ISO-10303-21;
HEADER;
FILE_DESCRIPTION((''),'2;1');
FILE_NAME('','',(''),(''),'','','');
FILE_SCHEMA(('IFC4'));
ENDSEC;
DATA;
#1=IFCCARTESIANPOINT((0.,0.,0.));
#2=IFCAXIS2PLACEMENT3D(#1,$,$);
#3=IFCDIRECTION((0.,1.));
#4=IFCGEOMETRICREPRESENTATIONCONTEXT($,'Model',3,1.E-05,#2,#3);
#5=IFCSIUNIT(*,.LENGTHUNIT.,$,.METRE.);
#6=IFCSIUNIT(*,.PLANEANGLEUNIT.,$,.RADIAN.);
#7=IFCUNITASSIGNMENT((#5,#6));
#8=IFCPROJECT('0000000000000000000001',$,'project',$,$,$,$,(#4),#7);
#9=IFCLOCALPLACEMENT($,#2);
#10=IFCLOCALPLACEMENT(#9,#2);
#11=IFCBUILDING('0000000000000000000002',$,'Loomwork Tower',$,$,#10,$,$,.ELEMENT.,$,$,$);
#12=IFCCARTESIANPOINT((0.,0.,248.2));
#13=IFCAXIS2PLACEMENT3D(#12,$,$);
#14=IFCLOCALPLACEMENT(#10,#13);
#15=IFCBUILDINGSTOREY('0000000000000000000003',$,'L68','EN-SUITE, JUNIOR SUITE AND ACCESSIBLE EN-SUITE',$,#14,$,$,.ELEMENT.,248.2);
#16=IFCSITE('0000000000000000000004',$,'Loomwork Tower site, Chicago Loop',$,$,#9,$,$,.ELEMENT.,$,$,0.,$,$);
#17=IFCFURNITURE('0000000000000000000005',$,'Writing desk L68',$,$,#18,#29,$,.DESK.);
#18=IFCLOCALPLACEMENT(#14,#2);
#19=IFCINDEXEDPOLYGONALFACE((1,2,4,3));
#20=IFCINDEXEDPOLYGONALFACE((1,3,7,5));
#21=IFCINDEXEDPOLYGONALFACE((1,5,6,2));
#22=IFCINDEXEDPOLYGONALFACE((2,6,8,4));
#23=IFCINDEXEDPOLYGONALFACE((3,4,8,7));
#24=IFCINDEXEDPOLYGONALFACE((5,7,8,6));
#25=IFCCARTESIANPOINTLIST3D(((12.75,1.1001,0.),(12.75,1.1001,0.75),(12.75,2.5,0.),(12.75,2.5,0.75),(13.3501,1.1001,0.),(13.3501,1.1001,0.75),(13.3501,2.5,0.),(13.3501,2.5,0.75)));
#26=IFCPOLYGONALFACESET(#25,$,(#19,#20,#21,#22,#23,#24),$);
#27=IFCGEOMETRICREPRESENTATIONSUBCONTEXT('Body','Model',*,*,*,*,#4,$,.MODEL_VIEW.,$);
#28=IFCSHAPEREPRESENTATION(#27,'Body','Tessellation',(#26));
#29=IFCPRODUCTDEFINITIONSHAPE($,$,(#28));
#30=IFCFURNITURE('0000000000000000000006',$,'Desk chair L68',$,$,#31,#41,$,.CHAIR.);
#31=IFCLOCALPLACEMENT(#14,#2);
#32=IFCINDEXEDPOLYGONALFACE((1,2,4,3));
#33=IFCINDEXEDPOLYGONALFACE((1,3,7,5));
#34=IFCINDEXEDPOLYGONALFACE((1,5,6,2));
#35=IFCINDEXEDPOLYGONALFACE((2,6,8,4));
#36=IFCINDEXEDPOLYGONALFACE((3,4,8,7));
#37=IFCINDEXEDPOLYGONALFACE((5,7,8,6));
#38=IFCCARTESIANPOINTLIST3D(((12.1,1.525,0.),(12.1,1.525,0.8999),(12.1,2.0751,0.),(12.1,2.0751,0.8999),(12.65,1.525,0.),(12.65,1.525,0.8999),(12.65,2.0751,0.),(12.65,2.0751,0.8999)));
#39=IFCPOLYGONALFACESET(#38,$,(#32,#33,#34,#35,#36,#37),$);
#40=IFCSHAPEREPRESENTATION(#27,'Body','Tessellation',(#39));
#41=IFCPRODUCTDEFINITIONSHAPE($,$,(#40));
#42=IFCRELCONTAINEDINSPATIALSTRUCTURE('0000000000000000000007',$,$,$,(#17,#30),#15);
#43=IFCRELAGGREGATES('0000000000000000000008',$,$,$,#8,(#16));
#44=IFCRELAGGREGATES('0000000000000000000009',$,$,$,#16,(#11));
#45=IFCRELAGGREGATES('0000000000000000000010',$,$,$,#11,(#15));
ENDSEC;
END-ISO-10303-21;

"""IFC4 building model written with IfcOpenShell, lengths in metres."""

from ifc_helpers import new_model, si_unit, direction, frame, origin, origin_2d, place, context, subcontext, project, spatial, rectangle, extrude, element, save


model = new_model("IFC4")

# Units and contexts
model_context = context("Model", 3, precision=1e-05, world=origin(), true_north=direction((0.0, 1.0)))
body_context = subcontext(model_context, "Body", "Model", "MODEL_VIEW")
ifc_project = project(units=[si_unit("LENGTHUNIT", "METRE"), si_unit("PLANEANGLEUNIT", "RADIAN")], contexts=[model_context])

# Site, building, storey
site_placement = place(None, origin())
site = spatial("IfcSite", under=ifc_project, at=site_placement, Name="Loomwork Tower site, Chicago Loop", CompositionType="ELEMENT", RefElevation=0.0)
building_placement = place(site_placement, origin())
building = spatial("IfcBuilding", under=site, at=building_placement, Name="Loomwork Tower", CompositionType="ELEMENT")
storey_placement = place(building_placement, frame((0.0, 0.0, 248.2)))
storey = spatial("IfcBuildingStorey", under=building, at=storey_placement, Name="L68", Description="EN-SUITE, JUNIOR SUITE AND ACCESSIBLE EN-SUITE", CompositionType="ELEMENT", Elevation=248.2)

# Furniture
furniture_1_placement = place(storey_placement, frame((13.05, 1.8, 0.0), z_axis=(0.0, 0.0, 1.0), x_axis=(1.0, 0.0, 0.0)))
element("IfcFurniture", 1, at=furniture_1_placement, inside=storey, Name="Writing desk L68", PredefinedType="DESK", context=body_context, shape_type="SweptSolid", body=[
    extrude(rectangle(XDim=0.6001, YDim=1.3999, at=origin_2d()), origin(), (0.0, 0.0, 1.0), 0.75),
])
furniture_2_placement = place(storey_placement, frame((12.375, 1.8, 0.0), z_axis=(0.0, 0.0, 1.0), x_axis=(1.0, 0.0, 0.0)))
element("IfcFurniture", 2, at=furniture_2_placement, inside=storey, Name="Desk chair L68", PredefinedType="CHAIR", context=body_context, shape_type="SweptSolid", body=[
    extrude(rectangle(XDim=0.55, YDim=0.55, at=origin_2d()), origin(), (0.0, 0.0, 1.0), 0.8999),
])

save(model, "model.ifc")
